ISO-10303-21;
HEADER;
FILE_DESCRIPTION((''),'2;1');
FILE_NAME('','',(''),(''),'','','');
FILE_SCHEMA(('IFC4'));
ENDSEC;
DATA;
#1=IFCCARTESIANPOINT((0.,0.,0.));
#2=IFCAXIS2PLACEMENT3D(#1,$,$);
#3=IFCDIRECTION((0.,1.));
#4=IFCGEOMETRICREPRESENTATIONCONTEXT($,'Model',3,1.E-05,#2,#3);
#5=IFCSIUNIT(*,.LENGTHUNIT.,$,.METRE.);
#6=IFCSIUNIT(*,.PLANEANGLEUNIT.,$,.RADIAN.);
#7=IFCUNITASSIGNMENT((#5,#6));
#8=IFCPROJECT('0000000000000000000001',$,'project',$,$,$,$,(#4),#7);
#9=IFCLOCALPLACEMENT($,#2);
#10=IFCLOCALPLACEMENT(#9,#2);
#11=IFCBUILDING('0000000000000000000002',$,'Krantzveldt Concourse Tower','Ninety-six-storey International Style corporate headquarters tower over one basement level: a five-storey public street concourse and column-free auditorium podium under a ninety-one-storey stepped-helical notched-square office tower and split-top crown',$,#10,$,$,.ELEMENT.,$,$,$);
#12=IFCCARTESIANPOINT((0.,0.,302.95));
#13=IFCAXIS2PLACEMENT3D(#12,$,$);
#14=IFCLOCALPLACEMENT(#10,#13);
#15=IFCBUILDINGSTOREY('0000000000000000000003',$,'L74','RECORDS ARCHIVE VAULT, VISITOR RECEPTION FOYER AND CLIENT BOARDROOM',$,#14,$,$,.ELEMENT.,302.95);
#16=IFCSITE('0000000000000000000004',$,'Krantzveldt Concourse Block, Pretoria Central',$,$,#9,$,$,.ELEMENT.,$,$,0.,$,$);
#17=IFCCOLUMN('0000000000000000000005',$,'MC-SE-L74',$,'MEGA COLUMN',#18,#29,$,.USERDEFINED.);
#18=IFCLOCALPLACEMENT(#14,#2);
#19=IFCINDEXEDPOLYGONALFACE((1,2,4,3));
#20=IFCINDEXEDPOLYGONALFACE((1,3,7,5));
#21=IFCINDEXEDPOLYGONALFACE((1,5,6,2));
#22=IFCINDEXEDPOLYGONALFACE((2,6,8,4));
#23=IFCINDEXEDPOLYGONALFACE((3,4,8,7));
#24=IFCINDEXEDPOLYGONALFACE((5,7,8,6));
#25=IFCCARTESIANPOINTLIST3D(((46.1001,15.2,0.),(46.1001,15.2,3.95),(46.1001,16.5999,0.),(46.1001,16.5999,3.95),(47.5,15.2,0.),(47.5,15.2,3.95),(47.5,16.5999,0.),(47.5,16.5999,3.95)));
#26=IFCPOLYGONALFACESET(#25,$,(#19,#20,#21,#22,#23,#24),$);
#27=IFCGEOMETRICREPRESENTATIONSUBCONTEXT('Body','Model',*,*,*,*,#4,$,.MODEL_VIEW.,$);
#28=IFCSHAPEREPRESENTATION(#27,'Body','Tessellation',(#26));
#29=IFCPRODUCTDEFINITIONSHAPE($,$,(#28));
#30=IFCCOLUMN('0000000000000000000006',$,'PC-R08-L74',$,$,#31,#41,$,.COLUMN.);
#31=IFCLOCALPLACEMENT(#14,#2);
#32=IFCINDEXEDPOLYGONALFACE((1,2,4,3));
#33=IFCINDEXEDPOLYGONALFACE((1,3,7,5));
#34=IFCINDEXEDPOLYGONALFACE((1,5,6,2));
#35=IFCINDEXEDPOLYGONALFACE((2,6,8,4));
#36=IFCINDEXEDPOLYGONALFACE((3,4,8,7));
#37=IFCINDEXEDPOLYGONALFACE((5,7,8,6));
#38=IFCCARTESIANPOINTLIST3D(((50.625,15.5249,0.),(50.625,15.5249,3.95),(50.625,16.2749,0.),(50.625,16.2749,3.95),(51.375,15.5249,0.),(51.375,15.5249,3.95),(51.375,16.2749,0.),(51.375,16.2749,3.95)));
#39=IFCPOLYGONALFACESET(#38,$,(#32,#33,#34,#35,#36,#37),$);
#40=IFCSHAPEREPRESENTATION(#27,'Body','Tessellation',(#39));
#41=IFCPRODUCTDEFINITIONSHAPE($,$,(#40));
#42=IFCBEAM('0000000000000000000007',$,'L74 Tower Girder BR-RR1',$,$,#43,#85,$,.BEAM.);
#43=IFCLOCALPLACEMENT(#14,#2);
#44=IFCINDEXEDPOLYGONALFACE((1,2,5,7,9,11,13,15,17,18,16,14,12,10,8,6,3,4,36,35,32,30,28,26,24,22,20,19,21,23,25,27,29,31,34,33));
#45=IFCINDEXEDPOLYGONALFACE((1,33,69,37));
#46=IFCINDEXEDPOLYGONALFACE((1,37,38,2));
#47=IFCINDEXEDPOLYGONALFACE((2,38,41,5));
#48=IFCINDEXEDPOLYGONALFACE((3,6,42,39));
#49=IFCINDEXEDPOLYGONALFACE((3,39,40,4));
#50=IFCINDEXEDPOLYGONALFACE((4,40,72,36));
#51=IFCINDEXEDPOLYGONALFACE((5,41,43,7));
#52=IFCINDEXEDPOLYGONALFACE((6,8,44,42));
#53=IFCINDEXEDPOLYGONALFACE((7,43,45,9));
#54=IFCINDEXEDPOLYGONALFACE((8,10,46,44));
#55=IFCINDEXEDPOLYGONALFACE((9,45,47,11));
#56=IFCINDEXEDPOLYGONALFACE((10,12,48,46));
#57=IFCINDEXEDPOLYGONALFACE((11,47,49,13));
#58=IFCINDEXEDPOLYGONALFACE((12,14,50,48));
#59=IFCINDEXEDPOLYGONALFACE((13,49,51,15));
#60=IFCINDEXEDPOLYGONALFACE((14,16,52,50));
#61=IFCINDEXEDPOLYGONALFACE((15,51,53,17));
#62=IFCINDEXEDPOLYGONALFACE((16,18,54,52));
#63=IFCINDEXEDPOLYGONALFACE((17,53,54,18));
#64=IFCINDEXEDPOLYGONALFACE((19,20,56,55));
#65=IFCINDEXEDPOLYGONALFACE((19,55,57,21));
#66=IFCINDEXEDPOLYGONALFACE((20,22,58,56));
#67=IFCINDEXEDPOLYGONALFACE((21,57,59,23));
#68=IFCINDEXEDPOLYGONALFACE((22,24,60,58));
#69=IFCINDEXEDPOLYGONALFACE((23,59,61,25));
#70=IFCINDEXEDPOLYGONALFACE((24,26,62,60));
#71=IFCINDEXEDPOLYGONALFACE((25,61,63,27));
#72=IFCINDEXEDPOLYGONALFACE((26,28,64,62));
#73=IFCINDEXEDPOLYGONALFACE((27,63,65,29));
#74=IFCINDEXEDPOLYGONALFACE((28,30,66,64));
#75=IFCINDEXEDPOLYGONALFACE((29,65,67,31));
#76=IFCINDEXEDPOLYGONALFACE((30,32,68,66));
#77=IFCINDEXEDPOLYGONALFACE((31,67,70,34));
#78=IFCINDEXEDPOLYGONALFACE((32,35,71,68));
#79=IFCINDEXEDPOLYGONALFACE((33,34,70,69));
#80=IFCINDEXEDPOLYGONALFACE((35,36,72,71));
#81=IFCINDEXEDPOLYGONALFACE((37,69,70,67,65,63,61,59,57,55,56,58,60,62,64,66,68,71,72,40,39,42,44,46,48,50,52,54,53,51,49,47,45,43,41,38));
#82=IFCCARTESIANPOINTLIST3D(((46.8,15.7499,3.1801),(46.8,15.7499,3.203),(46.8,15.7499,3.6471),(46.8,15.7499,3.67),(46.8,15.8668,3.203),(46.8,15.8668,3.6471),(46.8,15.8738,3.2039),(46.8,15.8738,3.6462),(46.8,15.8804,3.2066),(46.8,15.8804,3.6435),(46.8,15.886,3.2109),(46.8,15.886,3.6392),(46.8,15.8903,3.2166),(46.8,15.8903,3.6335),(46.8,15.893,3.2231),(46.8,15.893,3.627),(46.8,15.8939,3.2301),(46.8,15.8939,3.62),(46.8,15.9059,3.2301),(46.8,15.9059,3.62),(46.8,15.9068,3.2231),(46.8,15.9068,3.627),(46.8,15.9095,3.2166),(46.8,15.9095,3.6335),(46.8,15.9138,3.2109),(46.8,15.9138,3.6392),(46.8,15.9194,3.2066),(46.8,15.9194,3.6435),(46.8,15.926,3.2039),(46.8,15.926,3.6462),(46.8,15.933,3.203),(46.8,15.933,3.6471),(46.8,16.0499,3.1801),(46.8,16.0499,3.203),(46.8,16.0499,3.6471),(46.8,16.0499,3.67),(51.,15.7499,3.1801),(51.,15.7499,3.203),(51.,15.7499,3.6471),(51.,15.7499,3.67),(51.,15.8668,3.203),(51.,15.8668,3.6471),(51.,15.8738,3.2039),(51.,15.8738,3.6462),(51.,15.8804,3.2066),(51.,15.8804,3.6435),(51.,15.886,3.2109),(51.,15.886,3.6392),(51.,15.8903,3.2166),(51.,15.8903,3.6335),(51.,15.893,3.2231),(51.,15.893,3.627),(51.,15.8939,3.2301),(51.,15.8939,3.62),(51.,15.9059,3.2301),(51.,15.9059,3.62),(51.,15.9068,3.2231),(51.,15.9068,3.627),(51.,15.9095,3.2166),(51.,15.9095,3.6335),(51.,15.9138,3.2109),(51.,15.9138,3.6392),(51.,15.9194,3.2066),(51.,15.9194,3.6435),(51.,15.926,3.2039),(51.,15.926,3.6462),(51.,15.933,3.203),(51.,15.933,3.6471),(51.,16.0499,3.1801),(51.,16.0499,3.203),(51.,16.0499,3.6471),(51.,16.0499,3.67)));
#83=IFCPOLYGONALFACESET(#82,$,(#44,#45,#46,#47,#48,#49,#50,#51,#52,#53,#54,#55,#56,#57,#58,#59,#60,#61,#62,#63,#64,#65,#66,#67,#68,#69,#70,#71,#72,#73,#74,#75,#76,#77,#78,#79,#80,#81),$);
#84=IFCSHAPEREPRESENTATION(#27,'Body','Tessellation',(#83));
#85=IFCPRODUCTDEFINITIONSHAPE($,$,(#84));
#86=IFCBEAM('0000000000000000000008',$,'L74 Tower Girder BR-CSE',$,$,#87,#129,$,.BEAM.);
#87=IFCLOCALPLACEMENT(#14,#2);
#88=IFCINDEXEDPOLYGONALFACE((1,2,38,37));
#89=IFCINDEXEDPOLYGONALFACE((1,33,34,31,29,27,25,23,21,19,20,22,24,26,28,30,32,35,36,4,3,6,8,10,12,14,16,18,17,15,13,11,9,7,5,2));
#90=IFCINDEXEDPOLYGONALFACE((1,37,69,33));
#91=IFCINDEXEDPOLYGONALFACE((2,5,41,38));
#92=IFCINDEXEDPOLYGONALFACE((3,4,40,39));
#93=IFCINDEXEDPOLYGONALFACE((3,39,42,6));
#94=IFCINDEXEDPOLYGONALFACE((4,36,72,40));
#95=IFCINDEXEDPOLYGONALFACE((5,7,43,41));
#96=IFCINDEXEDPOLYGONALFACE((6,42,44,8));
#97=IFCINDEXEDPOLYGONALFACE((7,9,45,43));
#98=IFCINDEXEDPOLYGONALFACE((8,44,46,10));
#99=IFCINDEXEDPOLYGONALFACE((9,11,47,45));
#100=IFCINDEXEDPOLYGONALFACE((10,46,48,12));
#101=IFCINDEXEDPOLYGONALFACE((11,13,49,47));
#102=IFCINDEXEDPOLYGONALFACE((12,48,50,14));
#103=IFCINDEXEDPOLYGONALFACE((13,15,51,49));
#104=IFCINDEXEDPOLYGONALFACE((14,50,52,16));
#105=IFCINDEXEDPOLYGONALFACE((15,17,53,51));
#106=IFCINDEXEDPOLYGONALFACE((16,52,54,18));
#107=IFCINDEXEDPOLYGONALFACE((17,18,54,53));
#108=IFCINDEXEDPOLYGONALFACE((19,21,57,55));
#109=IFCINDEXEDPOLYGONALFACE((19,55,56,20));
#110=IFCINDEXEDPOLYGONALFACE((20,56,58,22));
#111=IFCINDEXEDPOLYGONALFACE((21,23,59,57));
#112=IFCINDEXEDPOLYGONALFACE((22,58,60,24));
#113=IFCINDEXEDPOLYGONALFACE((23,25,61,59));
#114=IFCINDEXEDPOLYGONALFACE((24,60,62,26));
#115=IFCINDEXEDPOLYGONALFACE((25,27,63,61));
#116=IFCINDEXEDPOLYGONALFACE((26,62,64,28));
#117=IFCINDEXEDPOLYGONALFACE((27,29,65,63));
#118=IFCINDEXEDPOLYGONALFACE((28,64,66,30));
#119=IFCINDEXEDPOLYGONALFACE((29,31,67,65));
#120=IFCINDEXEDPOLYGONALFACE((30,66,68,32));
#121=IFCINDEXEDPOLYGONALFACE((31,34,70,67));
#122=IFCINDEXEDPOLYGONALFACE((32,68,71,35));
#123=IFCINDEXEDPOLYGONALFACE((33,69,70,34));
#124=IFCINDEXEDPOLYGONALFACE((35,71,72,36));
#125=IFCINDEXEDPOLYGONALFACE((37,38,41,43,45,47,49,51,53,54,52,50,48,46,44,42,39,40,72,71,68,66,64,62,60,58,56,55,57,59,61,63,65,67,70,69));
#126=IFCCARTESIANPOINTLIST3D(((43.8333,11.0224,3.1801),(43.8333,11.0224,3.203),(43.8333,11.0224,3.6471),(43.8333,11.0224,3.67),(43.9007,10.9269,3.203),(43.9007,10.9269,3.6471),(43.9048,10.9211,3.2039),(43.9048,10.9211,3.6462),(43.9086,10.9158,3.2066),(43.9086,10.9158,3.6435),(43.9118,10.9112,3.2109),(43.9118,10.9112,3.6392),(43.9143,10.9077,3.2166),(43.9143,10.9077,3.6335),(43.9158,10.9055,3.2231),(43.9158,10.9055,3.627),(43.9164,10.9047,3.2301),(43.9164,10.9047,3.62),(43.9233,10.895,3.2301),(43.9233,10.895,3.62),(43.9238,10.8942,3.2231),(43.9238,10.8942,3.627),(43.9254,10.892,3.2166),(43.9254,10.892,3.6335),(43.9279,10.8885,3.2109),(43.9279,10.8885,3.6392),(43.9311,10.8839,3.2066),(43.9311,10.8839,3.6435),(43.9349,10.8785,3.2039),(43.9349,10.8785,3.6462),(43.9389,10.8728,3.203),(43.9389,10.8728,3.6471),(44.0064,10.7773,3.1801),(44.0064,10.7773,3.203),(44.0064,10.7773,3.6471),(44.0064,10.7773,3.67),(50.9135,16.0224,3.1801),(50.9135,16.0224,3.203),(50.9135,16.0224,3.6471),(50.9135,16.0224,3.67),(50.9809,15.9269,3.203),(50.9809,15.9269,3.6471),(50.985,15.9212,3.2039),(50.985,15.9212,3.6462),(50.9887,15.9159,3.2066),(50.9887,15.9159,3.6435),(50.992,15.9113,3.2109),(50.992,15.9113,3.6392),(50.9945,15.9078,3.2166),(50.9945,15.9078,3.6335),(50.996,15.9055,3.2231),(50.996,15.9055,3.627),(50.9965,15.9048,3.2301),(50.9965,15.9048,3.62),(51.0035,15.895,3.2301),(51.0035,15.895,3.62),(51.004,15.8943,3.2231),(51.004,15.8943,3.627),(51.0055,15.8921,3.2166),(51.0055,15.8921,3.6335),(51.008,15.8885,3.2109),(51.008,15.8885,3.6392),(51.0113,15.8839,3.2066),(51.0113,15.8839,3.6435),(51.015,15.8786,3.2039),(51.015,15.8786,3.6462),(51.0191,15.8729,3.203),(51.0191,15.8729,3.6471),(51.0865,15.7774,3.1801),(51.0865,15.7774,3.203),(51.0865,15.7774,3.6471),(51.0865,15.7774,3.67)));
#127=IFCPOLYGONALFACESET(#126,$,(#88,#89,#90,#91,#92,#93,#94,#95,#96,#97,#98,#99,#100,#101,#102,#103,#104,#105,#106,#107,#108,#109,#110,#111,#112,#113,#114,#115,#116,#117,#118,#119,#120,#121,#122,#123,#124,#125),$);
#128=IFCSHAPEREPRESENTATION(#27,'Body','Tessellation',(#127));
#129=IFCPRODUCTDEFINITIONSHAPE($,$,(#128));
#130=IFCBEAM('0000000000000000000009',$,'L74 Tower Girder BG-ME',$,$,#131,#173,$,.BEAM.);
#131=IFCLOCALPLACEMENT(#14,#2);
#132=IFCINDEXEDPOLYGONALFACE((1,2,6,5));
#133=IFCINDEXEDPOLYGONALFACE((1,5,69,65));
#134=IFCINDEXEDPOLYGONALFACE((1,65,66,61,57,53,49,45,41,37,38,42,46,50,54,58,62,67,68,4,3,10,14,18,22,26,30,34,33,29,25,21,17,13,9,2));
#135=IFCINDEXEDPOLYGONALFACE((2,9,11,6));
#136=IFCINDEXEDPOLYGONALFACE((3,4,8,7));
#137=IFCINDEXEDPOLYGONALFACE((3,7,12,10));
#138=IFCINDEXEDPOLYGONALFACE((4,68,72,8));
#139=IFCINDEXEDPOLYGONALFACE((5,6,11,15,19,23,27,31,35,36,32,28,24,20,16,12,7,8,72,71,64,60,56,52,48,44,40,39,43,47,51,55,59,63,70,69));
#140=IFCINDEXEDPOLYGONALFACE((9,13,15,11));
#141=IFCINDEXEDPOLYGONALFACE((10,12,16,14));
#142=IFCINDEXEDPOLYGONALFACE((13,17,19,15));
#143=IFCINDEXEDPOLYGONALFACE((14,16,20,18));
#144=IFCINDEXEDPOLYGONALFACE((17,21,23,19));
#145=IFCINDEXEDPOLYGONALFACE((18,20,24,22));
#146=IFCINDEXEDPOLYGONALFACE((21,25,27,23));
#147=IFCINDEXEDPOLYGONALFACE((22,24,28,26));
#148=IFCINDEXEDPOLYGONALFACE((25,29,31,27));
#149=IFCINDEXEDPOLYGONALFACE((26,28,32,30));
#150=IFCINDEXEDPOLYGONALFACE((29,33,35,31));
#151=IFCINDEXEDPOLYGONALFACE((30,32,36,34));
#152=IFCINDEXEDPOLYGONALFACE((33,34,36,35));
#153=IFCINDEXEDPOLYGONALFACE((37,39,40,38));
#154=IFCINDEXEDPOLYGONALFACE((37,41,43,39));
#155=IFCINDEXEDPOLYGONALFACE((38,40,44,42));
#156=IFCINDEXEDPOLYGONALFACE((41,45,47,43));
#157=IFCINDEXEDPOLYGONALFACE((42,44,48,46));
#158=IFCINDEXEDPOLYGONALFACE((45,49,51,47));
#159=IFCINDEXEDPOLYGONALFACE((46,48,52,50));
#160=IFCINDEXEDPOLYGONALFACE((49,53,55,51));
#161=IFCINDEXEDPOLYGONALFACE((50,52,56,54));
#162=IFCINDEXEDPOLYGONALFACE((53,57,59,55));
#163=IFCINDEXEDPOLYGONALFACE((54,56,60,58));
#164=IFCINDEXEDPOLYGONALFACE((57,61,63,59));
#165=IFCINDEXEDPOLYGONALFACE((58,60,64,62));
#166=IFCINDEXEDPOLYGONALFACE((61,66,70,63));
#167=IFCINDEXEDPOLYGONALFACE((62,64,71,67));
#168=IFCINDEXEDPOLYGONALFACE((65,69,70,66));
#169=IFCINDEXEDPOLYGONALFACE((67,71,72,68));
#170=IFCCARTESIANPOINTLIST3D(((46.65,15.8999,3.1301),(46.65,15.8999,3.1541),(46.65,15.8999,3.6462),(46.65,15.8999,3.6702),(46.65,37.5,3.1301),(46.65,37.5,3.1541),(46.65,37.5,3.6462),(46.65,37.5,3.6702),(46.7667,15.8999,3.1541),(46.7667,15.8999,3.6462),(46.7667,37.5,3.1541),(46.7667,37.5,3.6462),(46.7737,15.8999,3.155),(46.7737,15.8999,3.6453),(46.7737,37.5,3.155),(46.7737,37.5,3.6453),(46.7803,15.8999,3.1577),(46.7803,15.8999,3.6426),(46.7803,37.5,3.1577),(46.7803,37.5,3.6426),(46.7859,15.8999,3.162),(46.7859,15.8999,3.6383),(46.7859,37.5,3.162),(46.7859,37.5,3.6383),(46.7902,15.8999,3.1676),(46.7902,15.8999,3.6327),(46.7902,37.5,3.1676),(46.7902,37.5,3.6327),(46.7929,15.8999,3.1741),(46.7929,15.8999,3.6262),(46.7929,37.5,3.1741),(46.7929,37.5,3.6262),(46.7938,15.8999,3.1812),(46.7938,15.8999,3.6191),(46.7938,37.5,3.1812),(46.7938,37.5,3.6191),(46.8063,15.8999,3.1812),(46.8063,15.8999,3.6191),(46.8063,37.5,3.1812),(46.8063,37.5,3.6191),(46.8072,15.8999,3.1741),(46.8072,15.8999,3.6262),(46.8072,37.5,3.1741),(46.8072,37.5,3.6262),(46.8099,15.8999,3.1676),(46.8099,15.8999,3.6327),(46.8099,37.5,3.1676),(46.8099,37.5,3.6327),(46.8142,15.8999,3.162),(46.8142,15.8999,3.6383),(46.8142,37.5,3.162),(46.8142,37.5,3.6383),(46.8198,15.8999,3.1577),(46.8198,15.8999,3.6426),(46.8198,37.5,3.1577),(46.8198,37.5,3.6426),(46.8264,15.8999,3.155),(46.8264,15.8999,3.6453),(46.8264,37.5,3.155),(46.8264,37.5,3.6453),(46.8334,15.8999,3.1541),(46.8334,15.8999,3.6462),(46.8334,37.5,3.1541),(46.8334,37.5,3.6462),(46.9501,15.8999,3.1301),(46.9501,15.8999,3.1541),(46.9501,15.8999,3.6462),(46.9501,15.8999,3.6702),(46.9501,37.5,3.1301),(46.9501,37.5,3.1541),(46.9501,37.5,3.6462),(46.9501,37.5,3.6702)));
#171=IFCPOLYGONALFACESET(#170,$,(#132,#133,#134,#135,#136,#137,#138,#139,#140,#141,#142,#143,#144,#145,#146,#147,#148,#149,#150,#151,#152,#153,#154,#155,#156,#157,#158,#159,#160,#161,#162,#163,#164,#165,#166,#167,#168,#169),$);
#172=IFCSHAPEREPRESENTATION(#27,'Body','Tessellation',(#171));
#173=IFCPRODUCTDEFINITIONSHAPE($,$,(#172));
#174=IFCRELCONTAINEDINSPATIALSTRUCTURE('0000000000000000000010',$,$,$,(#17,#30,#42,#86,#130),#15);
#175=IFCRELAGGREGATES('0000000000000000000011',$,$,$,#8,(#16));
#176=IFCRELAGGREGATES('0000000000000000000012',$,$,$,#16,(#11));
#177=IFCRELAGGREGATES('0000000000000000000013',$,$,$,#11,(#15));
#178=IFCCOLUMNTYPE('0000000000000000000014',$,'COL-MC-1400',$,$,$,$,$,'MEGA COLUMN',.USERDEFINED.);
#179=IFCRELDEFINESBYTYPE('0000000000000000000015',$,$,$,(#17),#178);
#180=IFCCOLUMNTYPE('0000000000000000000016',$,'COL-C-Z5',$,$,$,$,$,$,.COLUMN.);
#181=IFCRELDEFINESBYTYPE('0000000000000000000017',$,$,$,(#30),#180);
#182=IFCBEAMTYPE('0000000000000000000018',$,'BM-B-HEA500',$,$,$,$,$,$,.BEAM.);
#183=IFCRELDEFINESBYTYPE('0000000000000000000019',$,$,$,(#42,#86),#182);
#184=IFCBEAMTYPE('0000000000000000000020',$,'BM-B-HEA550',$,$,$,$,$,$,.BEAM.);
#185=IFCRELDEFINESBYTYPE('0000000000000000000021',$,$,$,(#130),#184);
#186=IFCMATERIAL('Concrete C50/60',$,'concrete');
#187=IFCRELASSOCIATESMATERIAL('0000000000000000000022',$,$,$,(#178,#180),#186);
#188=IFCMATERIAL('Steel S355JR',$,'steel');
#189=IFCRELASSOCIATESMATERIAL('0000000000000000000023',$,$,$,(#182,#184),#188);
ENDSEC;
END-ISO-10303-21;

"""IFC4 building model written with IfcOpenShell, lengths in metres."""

from ifc_helpers import new_model, si_unit, direction, frame, origin, origin_2d, place, context, subcontext, project, spatial, rectangle, i_section, extrude, source, transform, mapped, material, material_profile, profile_set, type_object, type_shapes, element, save


model = new_model("IFC4")

# Units and contexts
model_context = context("Model", 3, precision=1e-05, world=origin(), true_north=direction((0.0, 1.0)))
body_context = subcontext(model_context, "Body", "Model", "MODEL_VIEW")
ifc_project = project(units=[si_unit("LENGTHUNIT", "METRE"), si_unit("PLANEANGLEUNIT", "RADIAN")], contexts=[model_context])

# Site, building, storey
site_placement = place(None, origin())
site = spatial("IfcSite", under=ifc_project, at=site_placement, Name="Krantzveldt Concourse Block, Pretoria Central", CompositionType="ELEMENT", RefElevation=0.0)
building_placement = place(site_placement, origin())
building = spatial("IfcBuilding", under=site, at=building_placement, Name="Krantzveldt Concourse Tower", Description="Ninety-six-storey International Style corporate headquarters tower over one basement level: a five-storey public street concourse and column-free auditorium podium under a ninety-one-storey stepped-helical notched-square office tower and split-top crown", CompositionType="ELEMENT")
storey_placement = place(building_placement, frame((0.0, 0.0, 302.95)))
storey = spatial("IfcBuildingStorey", under=building, at=storey_placement, Name="L74", Description="RECORDS ARCHIVE VAULT, VISITOR RECEPTION FOYER AND CLIENT BOARDROOM", CompositionType="ELEMENT", Elevation=302.95)

# Columns
ifc_material_1 = material(Name="Concrete C50/60", Category="concrete")
ifc_material_profile_1 = material_profile(ifc_material_1, rectangle(XDim=1.3999, YDim=1.3999, at=origin_2d()), Name="Concrete C50/60", Category="concrete")
ifc_profile_set_1 = profile_set([ifc_material_profile_1], Name="Concrete C50/60 - RC 1400x1400")
column_type_1 = type_object("IfcColumnType", Name="COL-MC-1400", ElementType="MEGA COLUMN", PredefinedType="USERDEFINED", material=ifc_profile_set_1)
shared_shape_1 = source(origin(), body_context, "Body", "SweptSolid", [
    extrude(rectangle(XDim=1.3999, YDim=1.3999, at=origin_2d()), origin(), (0.0, 0.0, 1.0), 3.95),
])
type_shapes(column_type_1, [shared_shape_1])
column_1_placement = place(storey_placement, frame((46.8, 15.8999, 0.0), z_axis=(0.0, 0.0, 1.0), x_axis=(1.0, 0.0, 0.0)))
element("IfcColumn", 1, at=column_1_placement, inside=storey, type_object=column_type_1, Name="MC-SE-L74", ObjectType="MEGA COLUMN", PredefinedType="USERDEFINED", context=body_context, shape_type="MappedRepresentation", body=[
    mapped(shared_shape_1, transform((0.0, 0.0, 0.0), x_axis=(1.0, 0.0, 0.0), y_axis=(0.0, 1.0, 0.0), z_axis=(0.0, 0.0, 1.0), scale=1.0)),
])
ifc_material_profile_2 = material_profile(ifc_material_1, rectangle(XDim=0.75, YDim=0.75, at=origin_2d()), Name="Concrete C50/60", Category="concrete")
ifc_profile_set_2 = profile_set([ifc_material_profile_2], Name="Concrete C50/60 - RC 750x750")
column_type_2 = type_object("IfcColumnType", Name="COL-C-Z5", PredefinedType="COLUMN", material=ifc_profile_set_2)
shared_shape_2 = source(origin(), body_context, "Body", "SweptSolid", [
    extrude(rectangle(XDim=0.75, YDim=0.75, at=origin_2d()), origin(), (0.0, 0.0, 1.0), 3.95),
])
type_shapes(column_type_2, [shared_shape_2])
column_2_placement = place(storey_placement, frame((51.0, 15.8999, 0.0), z_axis=(0.0, 0.0, 1.0), x_axis=(1.0, 0.0, 0.0)))
element("IfcColumn", 2, at=column_2_placement, inside=storey, type_object=column_type_2, Name="PC-R08-L74", PredefinedType="COLUMN", context=body_context, shape_type="MappedRepresentation", body=[
    mapped(shared_shape_2, transform((0.0, 0.0, 0.0), x_axis=(1.0, 0.0, 0.0), y_axis=(0.0, 1.0, 0.0), z_axis=(0.0, 0.0, 1.0), scale=1.0)),
])

# Beams
ifc_material_2 = material(Name="Steel S355JR", Category="steel")
ifc_material_profile_3 = material_profile(ifc_material_2, i_section(OverallWidth=0.3, OverallDepth=0.49, WebThickness=0.012, FlangeThickness=0.0229, FilletRadius=0.0271, at=origin_2d()), Name="Steel S355JR", Category="steel")
ifc_profile_set_3 = profile_set([ifc_material_profile_3], Name="Steel S355JR - HEA 500")
beam_type_1 = type_object("IfcBeamType", Name="BM-B-HEA500", PredefinedType="BEAM", material=ifc_profile_set_3)
shared_shape_3 = source(origin(), body_context, "Body", "SweptSolid", [
    extrude(i_section(OverallWidth=0.3, OverallDepth=0.49, WebThickness=0.012, FlangeThickness=0.0229, FilletRadius=0.0271, at=origin_2d()), origin(), (0.0, 0.0, 1.0), 4.2),
])
beam_1_placement = place(storey_placement, frame((46.8, 15.8999, 3.425), z_axis=(1.0, 0.0, 0.0), x_axis=(0.0, 1.0, 0.0)))
element("IfcBeam", 3, at=beam_1_placement, inside=storey, type_object=beam_type_1, Name="L74 Tower Girder BR-RR1", PredefinedType="BEAM", context=body_context, shape_type="MappedRepresentation", body=[
    mapped(shared_shape_3, transform((0.0, 0.0, 0.0), x_axis=(1.0, 0.0, 0.0), y_axis=(0.0, 1.0, 0.0), z_axis=(0.0, 0.0, 1.0), scale=1.0)),
])
shared_shape_4 = source(origin(), body_context, "Body", "SweptSolid", [
    extrude(i_section(OverallWidth=0.3, OverallDepth=0.49, WebThickness=0.012, FlangeThickness=0.0229, FilletRadius=0.0271, at=origin_2d()), origin(), (0.0, 0.0, 1.0), 8.6677),
])
type_shapes(beam_type_1, [shared_shape_3, shared_shape_4])
beam_2_placement = place(storey_placement, frame((51.0, 15.8999, 3.425), z_axis=(-0.816843, -0.57686, 0.0), x_axis=(0.57686, -0.816843, 0.0)))
element("IfcBeam", 4, at=beam_2_placement, inside=storey, type_object=beam_type_1, Name="L74 Tower Girder BR-CSE", PredefinedType="BEAM", context=body_context, shape_type="MappedRepresentation", body=[
    mapped(shared_shape_4, transform((0.0, 0.0, 0.0), x_axis=(1.0, 0.0, 0.0), y_axis=(0.0, 1.0, 0.0), z_axis=(0.0, 0.0, 1.0), scale=1.0)),
])
ifc_material_profile_4 = material_profile(ifc_material_2, i_section(OverallWidth=0.3, OverallDepth=0.54, WebThickness=0.0125, FlangeThickness=0.0239, FilletRadius=0.0271, at=origin_2d()), Name="Steel S355JR", Category="steel")
ifc_profile_set_4 = profile_set([ifc_material_profile_4], Name="Steel S355JR - HEA 550")
beam_type_2 = type_object("IfcBeamType", Name="BM-B-HEA550", PredefinedType="BEAM", material=ifc_profile_set_4)
shared_shape_5 = source(origin(), body_context, "Body", "SweptSolid", [
    extrude(i_section(OverallWidth=0.3, OverallDepth=0.54, WebThickness=0.0125, FlangeThickness=0.0239, FilletRadius=0.0271, at=origin_2d()), origin(), (0.0, 0.0, 1.0), 21.6001),
])
beam_3_placement = place(storey_placement, frame((46.8, 15.8999, 3.4001), z_axis=(0.0, 1.0, 0.0), x_axis=(-1.0, 0.0, 0.0)))
element("IfcBeam", 5, at=beam_3_placement, inside=storey, type_object=beam_type_2, Name="L74 Tower Girder BG-ME", PredefinedType="BEAM", context=body_context, shape_type="MappedRepresentation", body=[
    mapped(shared_shape_5, transform((0.0, 0.0, 0.0), x_axis=(1.0, 0.0, 0.0), y_axis=(0.0, 1.0, 0.0), z_axis=(0.0, 0.0, 1.0), scale=1.0)),
])

save(model, "model.ifc")
